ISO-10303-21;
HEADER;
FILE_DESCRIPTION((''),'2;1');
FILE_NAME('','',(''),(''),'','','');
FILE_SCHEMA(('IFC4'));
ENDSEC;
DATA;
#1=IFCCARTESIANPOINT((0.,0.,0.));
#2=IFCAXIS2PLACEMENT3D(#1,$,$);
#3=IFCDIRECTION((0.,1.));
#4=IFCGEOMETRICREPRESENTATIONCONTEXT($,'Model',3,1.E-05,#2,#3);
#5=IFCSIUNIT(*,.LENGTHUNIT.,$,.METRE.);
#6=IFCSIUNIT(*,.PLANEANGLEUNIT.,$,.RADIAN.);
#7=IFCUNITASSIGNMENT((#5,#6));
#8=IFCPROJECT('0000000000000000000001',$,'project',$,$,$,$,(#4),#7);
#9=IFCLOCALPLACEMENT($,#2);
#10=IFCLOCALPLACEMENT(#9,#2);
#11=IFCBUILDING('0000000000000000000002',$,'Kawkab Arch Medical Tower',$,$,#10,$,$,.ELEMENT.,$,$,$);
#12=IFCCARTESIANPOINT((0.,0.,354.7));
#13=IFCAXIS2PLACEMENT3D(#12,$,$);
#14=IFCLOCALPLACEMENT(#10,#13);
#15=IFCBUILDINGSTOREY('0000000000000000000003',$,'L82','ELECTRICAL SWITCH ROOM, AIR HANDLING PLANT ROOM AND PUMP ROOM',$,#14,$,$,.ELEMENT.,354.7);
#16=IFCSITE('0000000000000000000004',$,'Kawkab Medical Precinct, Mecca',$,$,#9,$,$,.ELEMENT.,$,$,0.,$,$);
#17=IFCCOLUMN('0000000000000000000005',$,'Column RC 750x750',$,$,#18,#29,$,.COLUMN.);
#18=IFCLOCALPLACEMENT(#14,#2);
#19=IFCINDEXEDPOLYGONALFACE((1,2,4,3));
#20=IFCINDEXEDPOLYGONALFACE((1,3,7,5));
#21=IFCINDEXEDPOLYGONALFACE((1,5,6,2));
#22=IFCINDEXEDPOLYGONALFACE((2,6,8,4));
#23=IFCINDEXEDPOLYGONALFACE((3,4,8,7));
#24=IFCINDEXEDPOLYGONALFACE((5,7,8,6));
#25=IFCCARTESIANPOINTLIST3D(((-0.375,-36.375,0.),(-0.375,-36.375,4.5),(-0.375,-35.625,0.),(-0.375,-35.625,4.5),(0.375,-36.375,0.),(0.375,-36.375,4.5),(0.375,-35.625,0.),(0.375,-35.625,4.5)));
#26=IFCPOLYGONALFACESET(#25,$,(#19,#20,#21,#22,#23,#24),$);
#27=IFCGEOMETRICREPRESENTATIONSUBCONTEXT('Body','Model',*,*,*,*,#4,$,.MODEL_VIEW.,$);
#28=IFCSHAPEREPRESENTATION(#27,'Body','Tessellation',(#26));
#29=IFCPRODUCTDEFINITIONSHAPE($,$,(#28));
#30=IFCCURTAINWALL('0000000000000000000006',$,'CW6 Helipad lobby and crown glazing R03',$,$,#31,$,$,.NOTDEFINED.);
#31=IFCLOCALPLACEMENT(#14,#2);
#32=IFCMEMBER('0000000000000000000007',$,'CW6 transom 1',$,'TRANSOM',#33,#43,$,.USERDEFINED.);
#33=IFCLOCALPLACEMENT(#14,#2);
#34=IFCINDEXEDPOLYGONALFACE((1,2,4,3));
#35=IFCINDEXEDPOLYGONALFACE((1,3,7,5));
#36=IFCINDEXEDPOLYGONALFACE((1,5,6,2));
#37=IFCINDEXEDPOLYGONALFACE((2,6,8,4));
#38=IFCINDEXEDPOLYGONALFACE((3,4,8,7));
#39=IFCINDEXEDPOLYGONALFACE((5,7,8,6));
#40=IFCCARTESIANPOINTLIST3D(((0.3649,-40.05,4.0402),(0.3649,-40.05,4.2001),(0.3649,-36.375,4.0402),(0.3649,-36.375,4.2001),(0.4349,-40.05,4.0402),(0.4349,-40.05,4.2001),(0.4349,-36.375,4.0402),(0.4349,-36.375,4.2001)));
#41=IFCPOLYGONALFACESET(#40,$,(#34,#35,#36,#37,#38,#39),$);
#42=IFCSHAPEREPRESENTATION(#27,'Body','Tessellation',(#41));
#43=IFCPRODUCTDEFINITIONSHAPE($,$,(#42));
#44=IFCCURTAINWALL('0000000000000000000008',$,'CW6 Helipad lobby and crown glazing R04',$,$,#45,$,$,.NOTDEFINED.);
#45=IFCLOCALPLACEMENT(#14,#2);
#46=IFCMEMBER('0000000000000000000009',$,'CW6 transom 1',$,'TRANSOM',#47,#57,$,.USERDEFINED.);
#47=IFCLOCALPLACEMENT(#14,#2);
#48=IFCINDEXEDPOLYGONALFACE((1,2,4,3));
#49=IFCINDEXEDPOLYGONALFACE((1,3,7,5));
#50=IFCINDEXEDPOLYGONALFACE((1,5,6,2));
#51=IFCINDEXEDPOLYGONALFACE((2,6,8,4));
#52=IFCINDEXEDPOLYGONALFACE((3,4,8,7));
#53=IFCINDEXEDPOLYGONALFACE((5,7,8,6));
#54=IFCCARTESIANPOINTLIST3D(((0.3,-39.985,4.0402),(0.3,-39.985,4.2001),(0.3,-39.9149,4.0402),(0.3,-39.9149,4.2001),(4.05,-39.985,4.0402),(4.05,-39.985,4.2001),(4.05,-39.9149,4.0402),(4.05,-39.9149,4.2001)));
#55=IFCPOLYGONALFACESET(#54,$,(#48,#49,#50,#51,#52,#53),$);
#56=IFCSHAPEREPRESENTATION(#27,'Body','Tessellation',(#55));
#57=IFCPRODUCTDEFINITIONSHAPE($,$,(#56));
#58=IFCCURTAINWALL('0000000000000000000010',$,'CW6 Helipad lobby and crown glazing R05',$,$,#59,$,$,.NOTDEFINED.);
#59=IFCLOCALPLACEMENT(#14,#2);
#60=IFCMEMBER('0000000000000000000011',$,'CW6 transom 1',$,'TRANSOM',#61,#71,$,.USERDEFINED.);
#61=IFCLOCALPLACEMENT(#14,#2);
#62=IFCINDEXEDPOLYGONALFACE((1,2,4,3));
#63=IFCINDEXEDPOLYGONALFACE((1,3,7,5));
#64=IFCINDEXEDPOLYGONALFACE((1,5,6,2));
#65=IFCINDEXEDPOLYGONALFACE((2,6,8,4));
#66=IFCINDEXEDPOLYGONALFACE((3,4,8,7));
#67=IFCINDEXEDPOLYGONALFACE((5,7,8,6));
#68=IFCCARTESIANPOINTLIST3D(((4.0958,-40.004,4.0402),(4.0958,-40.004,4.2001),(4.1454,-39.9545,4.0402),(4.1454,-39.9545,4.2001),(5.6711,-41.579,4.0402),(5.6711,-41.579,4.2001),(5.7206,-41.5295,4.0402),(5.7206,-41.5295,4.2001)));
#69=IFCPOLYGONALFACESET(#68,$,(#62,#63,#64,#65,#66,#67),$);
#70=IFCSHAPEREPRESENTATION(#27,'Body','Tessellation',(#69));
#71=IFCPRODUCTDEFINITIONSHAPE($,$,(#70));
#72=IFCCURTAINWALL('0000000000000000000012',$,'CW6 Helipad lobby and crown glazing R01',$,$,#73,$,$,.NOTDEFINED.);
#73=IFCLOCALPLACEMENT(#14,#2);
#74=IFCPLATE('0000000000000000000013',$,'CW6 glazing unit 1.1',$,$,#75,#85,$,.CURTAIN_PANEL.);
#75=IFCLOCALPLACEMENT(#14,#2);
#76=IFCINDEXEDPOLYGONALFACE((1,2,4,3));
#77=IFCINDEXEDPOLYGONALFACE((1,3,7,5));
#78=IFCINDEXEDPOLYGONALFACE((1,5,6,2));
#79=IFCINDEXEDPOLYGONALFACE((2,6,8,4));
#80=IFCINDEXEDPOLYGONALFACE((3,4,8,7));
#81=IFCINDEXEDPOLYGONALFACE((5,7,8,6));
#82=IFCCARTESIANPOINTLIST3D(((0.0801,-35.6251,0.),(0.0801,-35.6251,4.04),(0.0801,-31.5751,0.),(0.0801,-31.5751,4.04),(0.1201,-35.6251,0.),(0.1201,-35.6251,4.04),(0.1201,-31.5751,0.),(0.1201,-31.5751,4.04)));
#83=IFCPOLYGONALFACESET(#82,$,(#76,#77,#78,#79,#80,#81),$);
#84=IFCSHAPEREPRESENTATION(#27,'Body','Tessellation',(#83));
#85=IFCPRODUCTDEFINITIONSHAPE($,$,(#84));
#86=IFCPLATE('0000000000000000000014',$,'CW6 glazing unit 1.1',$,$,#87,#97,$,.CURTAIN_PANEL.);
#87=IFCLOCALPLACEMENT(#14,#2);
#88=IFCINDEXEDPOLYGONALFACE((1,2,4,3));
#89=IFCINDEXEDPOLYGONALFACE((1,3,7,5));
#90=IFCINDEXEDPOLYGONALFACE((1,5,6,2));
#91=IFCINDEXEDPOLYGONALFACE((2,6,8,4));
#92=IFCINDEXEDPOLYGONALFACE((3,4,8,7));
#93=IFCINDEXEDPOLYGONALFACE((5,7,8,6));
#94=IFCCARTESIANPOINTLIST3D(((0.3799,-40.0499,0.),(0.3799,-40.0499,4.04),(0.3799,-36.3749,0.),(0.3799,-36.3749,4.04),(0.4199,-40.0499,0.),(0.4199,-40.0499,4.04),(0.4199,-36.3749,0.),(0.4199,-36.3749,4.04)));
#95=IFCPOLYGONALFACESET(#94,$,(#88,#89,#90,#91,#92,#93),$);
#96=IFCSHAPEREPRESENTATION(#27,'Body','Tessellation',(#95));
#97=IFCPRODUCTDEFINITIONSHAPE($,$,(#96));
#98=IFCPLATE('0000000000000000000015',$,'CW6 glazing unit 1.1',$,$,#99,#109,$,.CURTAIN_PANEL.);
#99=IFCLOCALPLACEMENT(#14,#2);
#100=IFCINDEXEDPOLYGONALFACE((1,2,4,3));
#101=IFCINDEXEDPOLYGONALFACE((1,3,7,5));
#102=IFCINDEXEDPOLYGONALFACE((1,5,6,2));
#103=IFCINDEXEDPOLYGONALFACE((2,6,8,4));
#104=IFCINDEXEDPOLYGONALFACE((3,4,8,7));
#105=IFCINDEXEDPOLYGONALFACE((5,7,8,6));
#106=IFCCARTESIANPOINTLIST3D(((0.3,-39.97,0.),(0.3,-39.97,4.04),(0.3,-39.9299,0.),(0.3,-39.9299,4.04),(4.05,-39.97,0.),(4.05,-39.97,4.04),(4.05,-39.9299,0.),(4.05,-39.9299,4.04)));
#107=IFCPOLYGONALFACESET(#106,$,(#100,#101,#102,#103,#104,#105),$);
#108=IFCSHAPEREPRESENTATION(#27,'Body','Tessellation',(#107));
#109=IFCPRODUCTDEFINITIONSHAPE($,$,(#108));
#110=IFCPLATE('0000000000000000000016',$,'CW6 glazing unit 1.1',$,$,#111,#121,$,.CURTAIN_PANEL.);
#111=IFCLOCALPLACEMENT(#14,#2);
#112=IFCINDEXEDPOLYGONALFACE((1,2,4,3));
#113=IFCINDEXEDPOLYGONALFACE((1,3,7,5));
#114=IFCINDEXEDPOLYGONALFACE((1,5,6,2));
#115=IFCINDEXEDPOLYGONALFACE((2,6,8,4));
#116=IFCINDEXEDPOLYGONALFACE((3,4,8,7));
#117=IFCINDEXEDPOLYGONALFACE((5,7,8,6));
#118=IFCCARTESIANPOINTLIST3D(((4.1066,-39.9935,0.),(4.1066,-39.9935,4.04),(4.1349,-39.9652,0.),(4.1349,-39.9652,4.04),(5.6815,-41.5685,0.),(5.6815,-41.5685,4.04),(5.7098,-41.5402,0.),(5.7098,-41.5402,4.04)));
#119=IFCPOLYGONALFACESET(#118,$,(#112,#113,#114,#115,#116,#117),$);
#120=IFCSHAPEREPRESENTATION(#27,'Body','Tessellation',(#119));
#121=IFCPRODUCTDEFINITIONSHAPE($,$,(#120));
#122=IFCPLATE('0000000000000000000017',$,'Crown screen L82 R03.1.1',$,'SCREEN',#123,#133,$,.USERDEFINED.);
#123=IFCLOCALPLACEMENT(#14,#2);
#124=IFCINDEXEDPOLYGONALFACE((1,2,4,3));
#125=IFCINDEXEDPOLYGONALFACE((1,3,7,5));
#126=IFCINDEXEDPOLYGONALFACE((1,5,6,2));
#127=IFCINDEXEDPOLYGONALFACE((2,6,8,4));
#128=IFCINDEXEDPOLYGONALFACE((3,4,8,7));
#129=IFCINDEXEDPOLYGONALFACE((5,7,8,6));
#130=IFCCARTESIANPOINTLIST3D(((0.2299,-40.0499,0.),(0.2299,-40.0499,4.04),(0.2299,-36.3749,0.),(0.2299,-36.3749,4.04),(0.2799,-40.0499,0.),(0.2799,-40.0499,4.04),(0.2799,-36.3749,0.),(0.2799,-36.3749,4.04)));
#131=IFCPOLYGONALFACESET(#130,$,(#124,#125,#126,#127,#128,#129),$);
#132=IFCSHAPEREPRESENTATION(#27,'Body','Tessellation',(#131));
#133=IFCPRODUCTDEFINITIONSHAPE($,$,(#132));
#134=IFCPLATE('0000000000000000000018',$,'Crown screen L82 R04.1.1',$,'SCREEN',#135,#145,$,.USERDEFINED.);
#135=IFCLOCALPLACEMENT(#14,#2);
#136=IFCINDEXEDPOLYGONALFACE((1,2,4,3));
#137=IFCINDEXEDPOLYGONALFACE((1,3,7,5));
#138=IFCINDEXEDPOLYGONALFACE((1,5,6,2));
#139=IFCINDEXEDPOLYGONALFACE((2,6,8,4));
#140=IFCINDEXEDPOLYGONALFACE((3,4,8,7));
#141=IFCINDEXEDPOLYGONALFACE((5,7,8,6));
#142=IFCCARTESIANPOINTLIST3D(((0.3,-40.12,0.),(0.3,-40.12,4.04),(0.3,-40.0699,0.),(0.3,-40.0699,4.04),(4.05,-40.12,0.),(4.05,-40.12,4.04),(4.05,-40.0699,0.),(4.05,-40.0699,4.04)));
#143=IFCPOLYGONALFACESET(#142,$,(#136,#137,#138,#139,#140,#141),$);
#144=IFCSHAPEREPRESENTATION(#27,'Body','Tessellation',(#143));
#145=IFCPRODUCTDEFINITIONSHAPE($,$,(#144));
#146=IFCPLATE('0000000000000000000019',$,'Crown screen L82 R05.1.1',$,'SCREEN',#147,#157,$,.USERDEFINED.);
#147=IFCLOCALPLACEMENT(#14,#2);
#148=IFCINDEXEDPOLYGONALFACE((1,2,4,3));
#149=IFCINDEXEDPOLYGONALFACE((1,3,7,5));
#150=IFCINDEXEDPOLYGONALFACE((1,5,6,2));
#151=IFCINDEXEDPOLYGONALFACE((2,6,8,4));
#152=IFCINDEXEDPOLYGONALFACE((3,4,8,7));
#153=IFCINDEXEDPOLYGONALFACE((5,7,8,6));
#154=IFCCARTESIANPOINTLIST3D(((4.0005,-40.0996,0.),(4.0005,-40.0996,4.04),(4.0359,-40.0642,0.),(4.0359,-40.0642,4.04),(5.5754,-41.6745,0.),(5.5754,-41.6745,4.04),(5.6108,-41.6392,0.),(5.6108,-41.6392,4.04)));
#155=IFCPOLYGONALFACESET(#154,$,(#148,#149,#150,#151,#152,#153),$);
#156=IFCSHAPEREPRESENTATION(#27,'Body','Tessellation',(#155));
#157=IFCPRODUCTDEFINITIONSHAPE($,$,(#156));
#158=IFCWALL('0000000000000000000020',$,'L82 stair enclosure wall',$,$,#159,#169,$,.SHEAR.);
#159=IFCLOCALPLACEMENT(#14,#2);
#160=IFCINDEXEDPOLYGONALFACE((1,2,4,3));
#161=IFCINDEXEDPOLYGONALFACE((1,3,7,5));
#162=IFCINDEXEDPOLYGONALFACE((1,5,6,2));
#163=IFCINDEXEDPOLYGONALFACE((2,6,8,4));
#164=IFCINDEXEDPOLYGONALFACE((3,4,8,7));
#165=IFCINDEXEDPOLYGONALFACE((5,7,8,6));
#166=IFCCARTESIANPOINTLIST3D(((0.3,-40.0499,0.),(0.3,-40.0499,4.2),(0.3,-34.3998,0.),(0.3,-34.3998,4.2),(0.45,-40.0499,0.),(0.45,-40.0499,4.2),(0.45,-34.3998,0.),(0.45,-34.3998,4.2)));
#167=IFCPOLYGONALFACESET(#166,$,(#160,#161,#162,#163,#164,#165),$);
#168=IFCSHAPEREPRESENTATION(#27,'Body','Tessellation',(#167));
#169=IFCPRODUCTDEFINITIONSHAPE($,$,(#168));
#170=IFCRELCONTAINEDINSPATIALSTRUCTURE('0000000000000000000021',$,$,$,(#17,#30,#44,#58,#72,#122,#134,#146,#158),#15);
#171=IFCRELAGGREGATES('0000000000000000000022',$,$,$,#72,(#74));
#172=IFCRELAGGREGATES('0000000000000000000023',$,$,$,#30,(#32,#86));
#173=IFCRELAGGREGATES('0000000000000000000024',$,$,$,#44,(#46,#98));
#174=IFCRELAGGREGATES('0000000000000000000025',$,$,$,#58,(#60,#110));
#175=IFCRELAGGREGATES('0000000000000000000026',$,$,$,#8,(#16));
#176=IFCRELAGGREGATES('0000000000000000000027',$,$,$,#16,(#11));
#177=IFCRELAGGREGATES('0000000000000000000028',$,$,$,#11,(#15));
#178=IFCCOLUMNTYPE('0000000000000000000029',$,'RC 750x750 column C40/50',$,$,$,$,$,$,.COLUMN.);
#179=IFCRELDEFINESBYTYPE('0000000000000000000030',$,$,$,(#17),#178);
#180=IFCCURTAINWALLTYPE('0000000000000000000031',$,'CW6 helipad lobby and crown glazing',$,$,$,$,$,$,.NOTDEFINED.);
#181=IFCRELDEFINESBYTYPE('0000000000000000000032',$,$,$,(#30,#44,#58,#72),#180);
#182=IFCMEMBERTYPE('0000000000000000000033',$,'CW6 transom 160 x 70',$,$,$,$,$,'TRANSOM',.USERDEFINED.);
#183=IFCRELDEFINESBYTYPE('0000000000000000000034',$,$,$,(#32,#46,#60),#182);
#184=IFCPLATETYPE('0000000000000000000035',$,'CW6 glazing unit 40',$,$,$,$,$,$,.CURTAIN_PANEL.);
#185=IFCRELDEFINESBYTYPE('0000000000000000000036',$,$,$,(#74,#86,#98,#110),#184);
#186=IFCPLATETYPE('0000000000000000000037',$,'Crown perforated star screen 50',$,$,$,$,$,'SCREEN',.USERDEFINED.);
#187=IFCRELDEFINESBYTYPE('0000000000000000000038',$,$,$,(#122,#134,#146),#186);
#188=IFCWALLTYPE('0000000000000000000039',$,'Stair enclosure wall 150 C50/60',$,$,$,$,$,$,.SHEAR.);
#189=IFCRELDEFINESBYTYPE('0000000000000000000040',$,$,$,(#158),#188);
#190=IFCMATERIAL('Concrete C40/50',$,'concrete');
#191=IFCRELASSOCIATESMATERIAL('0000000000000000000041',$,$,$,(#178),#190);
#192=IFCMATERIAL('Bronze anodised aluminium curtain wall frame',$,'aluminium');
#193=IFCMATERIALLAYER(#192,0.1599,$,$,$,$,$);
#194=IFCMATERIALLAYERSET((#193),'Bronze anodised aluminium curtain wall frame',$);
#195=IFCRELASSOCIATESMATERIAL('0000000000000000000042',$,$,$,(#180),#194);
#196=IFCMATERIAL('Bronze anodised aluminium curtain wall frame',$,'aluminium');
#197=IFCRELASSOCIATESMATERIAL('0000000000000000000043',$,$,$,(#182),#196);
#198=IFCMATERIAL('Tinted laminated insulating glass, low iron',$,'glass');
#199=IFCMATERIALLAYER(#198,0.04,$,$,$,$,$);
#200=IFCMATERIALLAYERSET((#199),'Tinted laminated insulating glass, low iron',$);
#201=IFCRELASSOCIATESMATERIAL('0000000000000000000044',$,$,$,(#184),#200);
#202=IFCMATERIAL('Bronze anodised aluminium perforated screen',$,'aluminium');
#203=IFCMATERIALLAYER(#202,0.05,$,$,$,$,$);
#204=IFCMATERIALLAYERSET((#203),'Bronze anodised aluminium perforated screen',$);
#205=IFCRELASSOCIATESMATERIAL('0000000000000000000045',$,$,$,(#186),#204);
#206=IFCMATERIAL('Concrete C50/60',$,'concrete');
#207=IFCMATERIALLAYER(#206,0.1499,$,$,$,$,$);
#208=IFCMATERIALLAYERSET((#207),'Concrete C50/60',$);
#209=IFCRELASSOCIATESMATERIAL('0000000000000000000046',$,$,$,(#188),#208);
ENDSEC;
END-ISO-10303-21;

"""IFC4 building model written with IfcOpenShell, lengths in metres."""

from ifc_helpers import new_model, si_unit, direction, frame, frame_2d, origin, origin_2d, place, context, subcontext, project, spatial, rectangle, extrude, material, layer, layer_set, material_profile, profile_set, type_object, element, aggregate, save


model = new_model("IFC4")

# Units and contexts
model_context = context("Model", 3, precision=1e-05, world=origin(), true_north=direction((0.0, 1.0)))
body_context = subcontext(model_context, "Body", "Model", "MODEL_VIEW")
ifc_project = project(units=[si_unit("LENGTHUNIT", "METRE"), si_unit("PLANEANGLEUNIT", "RADIAN")], contexts=[model_context])

# Site, building, storey
site_placement = place(None, origin())
site = spatial("IfcSite", under=ifc_project, at=site_placement, Name="Kawkab Medical Precinct, Mecca", CompositionType="ELEMENT", RefElevation=0.0)
building_placement = place(site_placement, origin())
building = spatial("IfcBuilding", under=site, at=building_placement, Name="Kawkab Arch Medical Tower", CompositionType="ELEMENT")
storey_placement = place(building_placement, frame((0.0, 0.0, 354.7)))
storey = spatial("IfcBuildingStorey", under=building, at=storey_placement, Name="L82", Description="ELECTRICAL SWITCH ROOM, AIR HANDLING PLANT ROOM AND PUMP ROOM", CompositionType="ELEMENT", Elevation=354.7)

# Column
ifc_material_1 = material(Name="Concrete C40/50", Category="concrete")
ifc_material_profile_1 = material_profile(ifc_material_1, rectangle(XDim=0.75, YDim=0.75, at=origin_2d()), Name="RC 750x750")
ifc_profile_set_1 = profile_set([ifc_material_profile_1], Name="Concrete C40/50")
column_type = type_object("IfcColumnType", Name="RC 750x750 column C40/50", PredefinedType="COLUMN", material=ifc_profile_set_1)
column_placement = place(storey_placement, frame((0.0, -36.0, 0.0), z_axis=(0.0, 0.0, 1.0), x_axis=(1.0, 0.0, 0.0)))
element("IfcColumn", 1, at=column_placement, inside=storey, type_object=column_type, Name="Column RC 750x750", PredefinedType="COLUMN", context=body_context, shape_type="SweptSolid", body=[
    extrude(rectangle(XDim=0.75, YDim=0.75, at=origin_2d()), origin(), (0.0, 0.0, 1.0), 4.5),
])

# Curtain walls, members
ifc_material_2 = material(Name="Bronze anodised aluminium curtain wall frame", Category="aluminium")
ifc_layer_1 = layer(ifc_material_2, 0.1599)
ifc_layer_set_1 = layer_set([ifc_layer_1], Name="Bronze anodised aluminium curtain wall frame")
curtain_wall_type = type_object("IfcCurtainWallType", Name="CW6 helipad lobby and crown glazing", PredefinedType="NOTDEFINED", material=ifc_layer_set_1)
placement = place(storey_placement, origin())
curtain_wall_1 = element("IfcCurtainWall", 2, at=placement, inside=storey, type_object=curtain_wall_type, Name="CW6 Helipad lobby and crown glazing R03", PredefinedType="NOTDEFINED")
ifc_material_3 = material(Name="Bronze anodised aluminium curtain wall frame", Category="aluminium")
ifc_material_profile_2 = material_profile(ifc_material_3, rectangle(XDim=0.0701, YDim=0.1599, at=origin_2d()), Name="AL 70x160")
ifc_profile_set_2 = profile_set([ifc_material_profile_2], Name="Bronze anodised aluminium curtain wall frame")
member_type = type_object("IfcMemberType", Name="CW6 transom 160 x 70", ElementType="TRANSOM", PredefinedType="USERDEFINED", material=ifc_profile_set_2)
member_1_placement = place(storey_placement, frame((0.3999, -36.375, 4.1201), z_axis=(0.0, -1.0, 0.0), x_axis=(1.0, 0.0, 0.0)))
member_1 = element("IfcMember", 3, at=member_1_placement, type_object=member_type, Name="CW6 transom 1", ObjectType="TRANSOM", PredefinedType="USERDEFINED", context=body_context, shape_type="SweptSolid", body=[
    extrude(rectangle(XDim=0.0701, YDim=0.1599, at=origin_2d()), origin(), (0.0, 0.0, 1.0), 3.675),
])
curtain_wall_2 = element("IfcCurtainWall", 4, at=placement, inside=storey, type_object=curtain_wall_type, Name="CW6 Helipad lobby and crown glazing R04", PredefinedType="NOTDEFINED")
member_2_placement = place(storey_placement, frame((0.3, -39.95, 4.1201), z_axis=(1.0, 0.0, 0.0), x_axis=(0.0, 1.0, 0.0)))
member_2 = element("IfcMember", 5, at=member_2_placement, type_object=member_type, Name="CW6 transom 1", ObjectType="TRANSOM", PredefinedType="USERDEFINED", context=body_context, shape_type="SweptSolid", body=[
    extrude(rectangle(XDim=0.0701, YDim=0.1599, at=origin_2d()), origin(), (0.0, 0.0, 1.0), 3.75),
])
curtain_wall_3 = element("IfcCurtainWall", 6, at=placement, inside=storey, type_object=curtain_wall_type, Name="CW6 Helipad lobby and crown glazing R05", PredefinedType="NOTDEFINED")
member_3_placement = place(storey_placement, frame((4.1206, -39.9792, 4.1201), z_axis=(0.707162, -0.707052, 0.0), x_axis=(0.707052, 0.707162, 0.0)))
member_3 = element("IfcMember", 7, at=member_3_placement, type_object=member_type, Name="CW6 transom 1", ObjectType="TRANSOM", PredefinedType="USERDEFINED", context=body_context, shape_type="SweptSolid", body=[
    extrude(rectangle(XDim=0.0701, YDim=0.1599, at=origin_2d()), origin(), (0.0, 0.0, 1.0), 2.2275),
])

# Curtain wall, plate
curtain_wall_4 = element("IfcCurtainWall", 8, at=placement, inside=storey, type_object=curtain_wall_type, Name="CW6 Helipad lobby and crown glazing R01", PredefinedType="NOTDEFINED")
ifc_material_4 = material(Name="Tinted laminated insulating glass, low iron", Category="glass")
ifc_layer_2 = layer(ifc_material_4, 0.04)
ifc_layer_set_2 = layer_set([ifc_layer_2], Name="Tinted laminated insulating glass, low iron")
plate_type_1 = type_object("IfcPlateType", Name="CW6 glazing unit 40", PredefinedType="CURTAIN_PANEL", material=ifc_layer_set_2)
plate_1_placement = place(storey_placement, frame((0.1001, -33.6001, 0.0), z_axis=(0.0, 0.0, 1.0), x_axis=(0.0, -1.0, 0.0)))
plate_1 = element("IfcPlate", 9, at=plate_1_placement, type_object=plate_type_1, Name="CW6 glazing unit 1.1", PredefinedType="CURTAIN_PANEL", context=body_context, shape_type="SweptSolid", body=[
    extrude(rectangle(XDim=4.05, YDim=0.04, at=origin_2d()), origin(), (0.0, 0.0, 1.0), 4.04),
])
aggregate(curtain_wall_4, [plate_1])

# Plates
plate_2_placement = place(storey_placement, frame((0.3999, -38.2124, 0.0), z_axis=(0.0, 0.0, 1.0), x_axis=(0.0, -1.0, 0.0)))
plate_2 = element("IfcPlate", 10, at=plate_2_placement, type_object=plate_type_1, Name="CW6 glazing unit 1.1", PredefinedType="CURTAIN_PANEL", context=body_context, shape_type="SweptSolid", body=[
    extrude(rectangle(XDim=3.675, YDim=0.04, at=origin_2d()), origin(), (0.0, 0.0, 1.0), 4.04),
])
aggregate(curtain_wall_1, [member_1, plate_2])
plate_3_placement = place(storey_placement, frame((2.175, -39.95, 0.0), z_axis=(0.0, 0.0, 1.0), x_axis=(1.0, 0.0, 0.0)))
plate_3 = element("IfcPlate", 11, at=plate_3_placement, type_object=plate_type_1, Name="CW6 glazing unit 1.1", PredefinedType="CURTAIN_PANEL", context=body_context, shape_type="SweptSolid", body=[
    extrude(rectangle(XDim=3.75, YDim=0.04, at=origin_2d()), origin(), (0.0, 0.0, 1.0), 4.04),
])
aggregate(curtain_wall_2, [member_2, plate_3])
plate_4_placement = place(storey_placement, frame((4.9082, -40.7668, 0.0), z_axis=(0.0, 0.0, 1.0), x_axis=(0.707107, -0.707107, 0.0)))
plate_4 = element("IfcPlate", 12, at=plate_4_placement, type_object=plate_type_1, Name="CW6 glazing unit 1.1", PredefinedType="CURTAIN_PANEL", context=body_context, shape_type="SweptSolid", body=[
    extrude(rectangle(XDim=2.2273, YDim=0.04, at=origin_2d()), origin(), (0.0, 0.0, 1.0), 4.04),
])
aggregate(curtain_wall_3, [member_3, plate_4])

# Plates
ifc_material_5 = material(Name="Bronze anodised aluminium perforated screen", Category="aluminium")
ifc_layer_3 = layer(ifc_material_5, 0.05)
ifc_layer_set_3 = layer_set([ifc_layer_3], Name="Bronze anodised aluminium perforated screen")
plate_type_2 = type_object("IfcPlateType", Name="Crown perforated star screen 50", ElementType="SCREEN", PredefinedType="USERDEFINED", material=ifc_layer_set_3)
plate_5_placement = place(storey_placement, frame((0.2549, -38.2124, 0.0), z_axis=(0.0, 0.0, 1.0), x_axis=(0.0, -1.0, 0.0)))
element("IfcPlate", 13, at=plate_5_placement, inside=storey, type_object=plate_type_2, Name="Crown screen L82 R03.1.1", ObjectType="SCREEN", PredefinedType="USERDEFINED", context=body_context, shape_type="SweptSolid", body=[
    extrude(rectangle(XDim=3.675, YDim=0.05, at=origin_2d()), origin(), (0.0, 0.0, 1.0), 4.04),
])
plate_6_placement = place(storey_placement, frame((2.175, -40.095, 0.0), z_axis=(0.0, 0.0, 1.0), x_axis=(1.0, 0.0, 0.0)))
element("IfcPlate", 14, at=plate_6_placement, inside=storey, type_object=plate_type_2, Name="Crown screen L82 R04.1.1", ObjectType="SCREEN", PredefinedType="USERDEFINED", context=body_context, shape_type="SweptSolid", body=[
    extrude(rectangle(XDim=3.75, YDim=0.05, at=origin_2d()), origin(), (0.0, 0.0, 1.0), 4.04),
])
plate_7_placement = place(storey_placement, frame((4.8057, -40.8694, 0.0), z_axis=(0.0, 0.0, 1.0), x_axis=(0.707107, -0.707107, 0.0)))
element("IfcPlate", 15, at=plate_7_placement, inside=storey, type_object=plate_type_2, Name="Crown screen L82 R05.1.1", ObjectType="SCREEN", PredefinedType="USERDEFINED", context=body_context, shape_type="SweptSolid", body=[
    extrude(rectangle(XDim=2.2273, YDim=0.05, at=origin_2d()), origin(), (0.0, 0.0, 1.0), 4.04),
])

# Wall
ifc_material_6 = material(Name="Concrete C50/60", Category="concrete")
ifc_layer_4 = layer(ifc_material_6, 0.1499)
ifc_layer_set_4 = layer_set([ifc_layer_4], Name="Concrete C50/60")
wall_type_1 = type_object("IfcWallType", Name="Stair enclosure wall 150 C50/60", PredefinedType="SHEAR", material=ifc_layer_set_4)
wall_1_placement = place(storey_placement, frame((0.375, -40.05, 0.0), z_axis=(0.0, 0.0, 1.0), x_axis=(0.0, 1.0, 0.0)))
element("IfcWall", 16, at=wall_1_placement, inside=storey, type_object=wall_type_1, Name="L82 stair enclosure wall", PredefinedType="SHEAR", context=body_context, shape_type="SweptSolid", body=[
    extrude(rectangle(XDim=5.6501, YDim=0.1499, at=frame_2d((2.8252, 0.0))), origin(), (0.0, 0.0, 1.0), 4.2),
])

save(model, "model.ifc")
